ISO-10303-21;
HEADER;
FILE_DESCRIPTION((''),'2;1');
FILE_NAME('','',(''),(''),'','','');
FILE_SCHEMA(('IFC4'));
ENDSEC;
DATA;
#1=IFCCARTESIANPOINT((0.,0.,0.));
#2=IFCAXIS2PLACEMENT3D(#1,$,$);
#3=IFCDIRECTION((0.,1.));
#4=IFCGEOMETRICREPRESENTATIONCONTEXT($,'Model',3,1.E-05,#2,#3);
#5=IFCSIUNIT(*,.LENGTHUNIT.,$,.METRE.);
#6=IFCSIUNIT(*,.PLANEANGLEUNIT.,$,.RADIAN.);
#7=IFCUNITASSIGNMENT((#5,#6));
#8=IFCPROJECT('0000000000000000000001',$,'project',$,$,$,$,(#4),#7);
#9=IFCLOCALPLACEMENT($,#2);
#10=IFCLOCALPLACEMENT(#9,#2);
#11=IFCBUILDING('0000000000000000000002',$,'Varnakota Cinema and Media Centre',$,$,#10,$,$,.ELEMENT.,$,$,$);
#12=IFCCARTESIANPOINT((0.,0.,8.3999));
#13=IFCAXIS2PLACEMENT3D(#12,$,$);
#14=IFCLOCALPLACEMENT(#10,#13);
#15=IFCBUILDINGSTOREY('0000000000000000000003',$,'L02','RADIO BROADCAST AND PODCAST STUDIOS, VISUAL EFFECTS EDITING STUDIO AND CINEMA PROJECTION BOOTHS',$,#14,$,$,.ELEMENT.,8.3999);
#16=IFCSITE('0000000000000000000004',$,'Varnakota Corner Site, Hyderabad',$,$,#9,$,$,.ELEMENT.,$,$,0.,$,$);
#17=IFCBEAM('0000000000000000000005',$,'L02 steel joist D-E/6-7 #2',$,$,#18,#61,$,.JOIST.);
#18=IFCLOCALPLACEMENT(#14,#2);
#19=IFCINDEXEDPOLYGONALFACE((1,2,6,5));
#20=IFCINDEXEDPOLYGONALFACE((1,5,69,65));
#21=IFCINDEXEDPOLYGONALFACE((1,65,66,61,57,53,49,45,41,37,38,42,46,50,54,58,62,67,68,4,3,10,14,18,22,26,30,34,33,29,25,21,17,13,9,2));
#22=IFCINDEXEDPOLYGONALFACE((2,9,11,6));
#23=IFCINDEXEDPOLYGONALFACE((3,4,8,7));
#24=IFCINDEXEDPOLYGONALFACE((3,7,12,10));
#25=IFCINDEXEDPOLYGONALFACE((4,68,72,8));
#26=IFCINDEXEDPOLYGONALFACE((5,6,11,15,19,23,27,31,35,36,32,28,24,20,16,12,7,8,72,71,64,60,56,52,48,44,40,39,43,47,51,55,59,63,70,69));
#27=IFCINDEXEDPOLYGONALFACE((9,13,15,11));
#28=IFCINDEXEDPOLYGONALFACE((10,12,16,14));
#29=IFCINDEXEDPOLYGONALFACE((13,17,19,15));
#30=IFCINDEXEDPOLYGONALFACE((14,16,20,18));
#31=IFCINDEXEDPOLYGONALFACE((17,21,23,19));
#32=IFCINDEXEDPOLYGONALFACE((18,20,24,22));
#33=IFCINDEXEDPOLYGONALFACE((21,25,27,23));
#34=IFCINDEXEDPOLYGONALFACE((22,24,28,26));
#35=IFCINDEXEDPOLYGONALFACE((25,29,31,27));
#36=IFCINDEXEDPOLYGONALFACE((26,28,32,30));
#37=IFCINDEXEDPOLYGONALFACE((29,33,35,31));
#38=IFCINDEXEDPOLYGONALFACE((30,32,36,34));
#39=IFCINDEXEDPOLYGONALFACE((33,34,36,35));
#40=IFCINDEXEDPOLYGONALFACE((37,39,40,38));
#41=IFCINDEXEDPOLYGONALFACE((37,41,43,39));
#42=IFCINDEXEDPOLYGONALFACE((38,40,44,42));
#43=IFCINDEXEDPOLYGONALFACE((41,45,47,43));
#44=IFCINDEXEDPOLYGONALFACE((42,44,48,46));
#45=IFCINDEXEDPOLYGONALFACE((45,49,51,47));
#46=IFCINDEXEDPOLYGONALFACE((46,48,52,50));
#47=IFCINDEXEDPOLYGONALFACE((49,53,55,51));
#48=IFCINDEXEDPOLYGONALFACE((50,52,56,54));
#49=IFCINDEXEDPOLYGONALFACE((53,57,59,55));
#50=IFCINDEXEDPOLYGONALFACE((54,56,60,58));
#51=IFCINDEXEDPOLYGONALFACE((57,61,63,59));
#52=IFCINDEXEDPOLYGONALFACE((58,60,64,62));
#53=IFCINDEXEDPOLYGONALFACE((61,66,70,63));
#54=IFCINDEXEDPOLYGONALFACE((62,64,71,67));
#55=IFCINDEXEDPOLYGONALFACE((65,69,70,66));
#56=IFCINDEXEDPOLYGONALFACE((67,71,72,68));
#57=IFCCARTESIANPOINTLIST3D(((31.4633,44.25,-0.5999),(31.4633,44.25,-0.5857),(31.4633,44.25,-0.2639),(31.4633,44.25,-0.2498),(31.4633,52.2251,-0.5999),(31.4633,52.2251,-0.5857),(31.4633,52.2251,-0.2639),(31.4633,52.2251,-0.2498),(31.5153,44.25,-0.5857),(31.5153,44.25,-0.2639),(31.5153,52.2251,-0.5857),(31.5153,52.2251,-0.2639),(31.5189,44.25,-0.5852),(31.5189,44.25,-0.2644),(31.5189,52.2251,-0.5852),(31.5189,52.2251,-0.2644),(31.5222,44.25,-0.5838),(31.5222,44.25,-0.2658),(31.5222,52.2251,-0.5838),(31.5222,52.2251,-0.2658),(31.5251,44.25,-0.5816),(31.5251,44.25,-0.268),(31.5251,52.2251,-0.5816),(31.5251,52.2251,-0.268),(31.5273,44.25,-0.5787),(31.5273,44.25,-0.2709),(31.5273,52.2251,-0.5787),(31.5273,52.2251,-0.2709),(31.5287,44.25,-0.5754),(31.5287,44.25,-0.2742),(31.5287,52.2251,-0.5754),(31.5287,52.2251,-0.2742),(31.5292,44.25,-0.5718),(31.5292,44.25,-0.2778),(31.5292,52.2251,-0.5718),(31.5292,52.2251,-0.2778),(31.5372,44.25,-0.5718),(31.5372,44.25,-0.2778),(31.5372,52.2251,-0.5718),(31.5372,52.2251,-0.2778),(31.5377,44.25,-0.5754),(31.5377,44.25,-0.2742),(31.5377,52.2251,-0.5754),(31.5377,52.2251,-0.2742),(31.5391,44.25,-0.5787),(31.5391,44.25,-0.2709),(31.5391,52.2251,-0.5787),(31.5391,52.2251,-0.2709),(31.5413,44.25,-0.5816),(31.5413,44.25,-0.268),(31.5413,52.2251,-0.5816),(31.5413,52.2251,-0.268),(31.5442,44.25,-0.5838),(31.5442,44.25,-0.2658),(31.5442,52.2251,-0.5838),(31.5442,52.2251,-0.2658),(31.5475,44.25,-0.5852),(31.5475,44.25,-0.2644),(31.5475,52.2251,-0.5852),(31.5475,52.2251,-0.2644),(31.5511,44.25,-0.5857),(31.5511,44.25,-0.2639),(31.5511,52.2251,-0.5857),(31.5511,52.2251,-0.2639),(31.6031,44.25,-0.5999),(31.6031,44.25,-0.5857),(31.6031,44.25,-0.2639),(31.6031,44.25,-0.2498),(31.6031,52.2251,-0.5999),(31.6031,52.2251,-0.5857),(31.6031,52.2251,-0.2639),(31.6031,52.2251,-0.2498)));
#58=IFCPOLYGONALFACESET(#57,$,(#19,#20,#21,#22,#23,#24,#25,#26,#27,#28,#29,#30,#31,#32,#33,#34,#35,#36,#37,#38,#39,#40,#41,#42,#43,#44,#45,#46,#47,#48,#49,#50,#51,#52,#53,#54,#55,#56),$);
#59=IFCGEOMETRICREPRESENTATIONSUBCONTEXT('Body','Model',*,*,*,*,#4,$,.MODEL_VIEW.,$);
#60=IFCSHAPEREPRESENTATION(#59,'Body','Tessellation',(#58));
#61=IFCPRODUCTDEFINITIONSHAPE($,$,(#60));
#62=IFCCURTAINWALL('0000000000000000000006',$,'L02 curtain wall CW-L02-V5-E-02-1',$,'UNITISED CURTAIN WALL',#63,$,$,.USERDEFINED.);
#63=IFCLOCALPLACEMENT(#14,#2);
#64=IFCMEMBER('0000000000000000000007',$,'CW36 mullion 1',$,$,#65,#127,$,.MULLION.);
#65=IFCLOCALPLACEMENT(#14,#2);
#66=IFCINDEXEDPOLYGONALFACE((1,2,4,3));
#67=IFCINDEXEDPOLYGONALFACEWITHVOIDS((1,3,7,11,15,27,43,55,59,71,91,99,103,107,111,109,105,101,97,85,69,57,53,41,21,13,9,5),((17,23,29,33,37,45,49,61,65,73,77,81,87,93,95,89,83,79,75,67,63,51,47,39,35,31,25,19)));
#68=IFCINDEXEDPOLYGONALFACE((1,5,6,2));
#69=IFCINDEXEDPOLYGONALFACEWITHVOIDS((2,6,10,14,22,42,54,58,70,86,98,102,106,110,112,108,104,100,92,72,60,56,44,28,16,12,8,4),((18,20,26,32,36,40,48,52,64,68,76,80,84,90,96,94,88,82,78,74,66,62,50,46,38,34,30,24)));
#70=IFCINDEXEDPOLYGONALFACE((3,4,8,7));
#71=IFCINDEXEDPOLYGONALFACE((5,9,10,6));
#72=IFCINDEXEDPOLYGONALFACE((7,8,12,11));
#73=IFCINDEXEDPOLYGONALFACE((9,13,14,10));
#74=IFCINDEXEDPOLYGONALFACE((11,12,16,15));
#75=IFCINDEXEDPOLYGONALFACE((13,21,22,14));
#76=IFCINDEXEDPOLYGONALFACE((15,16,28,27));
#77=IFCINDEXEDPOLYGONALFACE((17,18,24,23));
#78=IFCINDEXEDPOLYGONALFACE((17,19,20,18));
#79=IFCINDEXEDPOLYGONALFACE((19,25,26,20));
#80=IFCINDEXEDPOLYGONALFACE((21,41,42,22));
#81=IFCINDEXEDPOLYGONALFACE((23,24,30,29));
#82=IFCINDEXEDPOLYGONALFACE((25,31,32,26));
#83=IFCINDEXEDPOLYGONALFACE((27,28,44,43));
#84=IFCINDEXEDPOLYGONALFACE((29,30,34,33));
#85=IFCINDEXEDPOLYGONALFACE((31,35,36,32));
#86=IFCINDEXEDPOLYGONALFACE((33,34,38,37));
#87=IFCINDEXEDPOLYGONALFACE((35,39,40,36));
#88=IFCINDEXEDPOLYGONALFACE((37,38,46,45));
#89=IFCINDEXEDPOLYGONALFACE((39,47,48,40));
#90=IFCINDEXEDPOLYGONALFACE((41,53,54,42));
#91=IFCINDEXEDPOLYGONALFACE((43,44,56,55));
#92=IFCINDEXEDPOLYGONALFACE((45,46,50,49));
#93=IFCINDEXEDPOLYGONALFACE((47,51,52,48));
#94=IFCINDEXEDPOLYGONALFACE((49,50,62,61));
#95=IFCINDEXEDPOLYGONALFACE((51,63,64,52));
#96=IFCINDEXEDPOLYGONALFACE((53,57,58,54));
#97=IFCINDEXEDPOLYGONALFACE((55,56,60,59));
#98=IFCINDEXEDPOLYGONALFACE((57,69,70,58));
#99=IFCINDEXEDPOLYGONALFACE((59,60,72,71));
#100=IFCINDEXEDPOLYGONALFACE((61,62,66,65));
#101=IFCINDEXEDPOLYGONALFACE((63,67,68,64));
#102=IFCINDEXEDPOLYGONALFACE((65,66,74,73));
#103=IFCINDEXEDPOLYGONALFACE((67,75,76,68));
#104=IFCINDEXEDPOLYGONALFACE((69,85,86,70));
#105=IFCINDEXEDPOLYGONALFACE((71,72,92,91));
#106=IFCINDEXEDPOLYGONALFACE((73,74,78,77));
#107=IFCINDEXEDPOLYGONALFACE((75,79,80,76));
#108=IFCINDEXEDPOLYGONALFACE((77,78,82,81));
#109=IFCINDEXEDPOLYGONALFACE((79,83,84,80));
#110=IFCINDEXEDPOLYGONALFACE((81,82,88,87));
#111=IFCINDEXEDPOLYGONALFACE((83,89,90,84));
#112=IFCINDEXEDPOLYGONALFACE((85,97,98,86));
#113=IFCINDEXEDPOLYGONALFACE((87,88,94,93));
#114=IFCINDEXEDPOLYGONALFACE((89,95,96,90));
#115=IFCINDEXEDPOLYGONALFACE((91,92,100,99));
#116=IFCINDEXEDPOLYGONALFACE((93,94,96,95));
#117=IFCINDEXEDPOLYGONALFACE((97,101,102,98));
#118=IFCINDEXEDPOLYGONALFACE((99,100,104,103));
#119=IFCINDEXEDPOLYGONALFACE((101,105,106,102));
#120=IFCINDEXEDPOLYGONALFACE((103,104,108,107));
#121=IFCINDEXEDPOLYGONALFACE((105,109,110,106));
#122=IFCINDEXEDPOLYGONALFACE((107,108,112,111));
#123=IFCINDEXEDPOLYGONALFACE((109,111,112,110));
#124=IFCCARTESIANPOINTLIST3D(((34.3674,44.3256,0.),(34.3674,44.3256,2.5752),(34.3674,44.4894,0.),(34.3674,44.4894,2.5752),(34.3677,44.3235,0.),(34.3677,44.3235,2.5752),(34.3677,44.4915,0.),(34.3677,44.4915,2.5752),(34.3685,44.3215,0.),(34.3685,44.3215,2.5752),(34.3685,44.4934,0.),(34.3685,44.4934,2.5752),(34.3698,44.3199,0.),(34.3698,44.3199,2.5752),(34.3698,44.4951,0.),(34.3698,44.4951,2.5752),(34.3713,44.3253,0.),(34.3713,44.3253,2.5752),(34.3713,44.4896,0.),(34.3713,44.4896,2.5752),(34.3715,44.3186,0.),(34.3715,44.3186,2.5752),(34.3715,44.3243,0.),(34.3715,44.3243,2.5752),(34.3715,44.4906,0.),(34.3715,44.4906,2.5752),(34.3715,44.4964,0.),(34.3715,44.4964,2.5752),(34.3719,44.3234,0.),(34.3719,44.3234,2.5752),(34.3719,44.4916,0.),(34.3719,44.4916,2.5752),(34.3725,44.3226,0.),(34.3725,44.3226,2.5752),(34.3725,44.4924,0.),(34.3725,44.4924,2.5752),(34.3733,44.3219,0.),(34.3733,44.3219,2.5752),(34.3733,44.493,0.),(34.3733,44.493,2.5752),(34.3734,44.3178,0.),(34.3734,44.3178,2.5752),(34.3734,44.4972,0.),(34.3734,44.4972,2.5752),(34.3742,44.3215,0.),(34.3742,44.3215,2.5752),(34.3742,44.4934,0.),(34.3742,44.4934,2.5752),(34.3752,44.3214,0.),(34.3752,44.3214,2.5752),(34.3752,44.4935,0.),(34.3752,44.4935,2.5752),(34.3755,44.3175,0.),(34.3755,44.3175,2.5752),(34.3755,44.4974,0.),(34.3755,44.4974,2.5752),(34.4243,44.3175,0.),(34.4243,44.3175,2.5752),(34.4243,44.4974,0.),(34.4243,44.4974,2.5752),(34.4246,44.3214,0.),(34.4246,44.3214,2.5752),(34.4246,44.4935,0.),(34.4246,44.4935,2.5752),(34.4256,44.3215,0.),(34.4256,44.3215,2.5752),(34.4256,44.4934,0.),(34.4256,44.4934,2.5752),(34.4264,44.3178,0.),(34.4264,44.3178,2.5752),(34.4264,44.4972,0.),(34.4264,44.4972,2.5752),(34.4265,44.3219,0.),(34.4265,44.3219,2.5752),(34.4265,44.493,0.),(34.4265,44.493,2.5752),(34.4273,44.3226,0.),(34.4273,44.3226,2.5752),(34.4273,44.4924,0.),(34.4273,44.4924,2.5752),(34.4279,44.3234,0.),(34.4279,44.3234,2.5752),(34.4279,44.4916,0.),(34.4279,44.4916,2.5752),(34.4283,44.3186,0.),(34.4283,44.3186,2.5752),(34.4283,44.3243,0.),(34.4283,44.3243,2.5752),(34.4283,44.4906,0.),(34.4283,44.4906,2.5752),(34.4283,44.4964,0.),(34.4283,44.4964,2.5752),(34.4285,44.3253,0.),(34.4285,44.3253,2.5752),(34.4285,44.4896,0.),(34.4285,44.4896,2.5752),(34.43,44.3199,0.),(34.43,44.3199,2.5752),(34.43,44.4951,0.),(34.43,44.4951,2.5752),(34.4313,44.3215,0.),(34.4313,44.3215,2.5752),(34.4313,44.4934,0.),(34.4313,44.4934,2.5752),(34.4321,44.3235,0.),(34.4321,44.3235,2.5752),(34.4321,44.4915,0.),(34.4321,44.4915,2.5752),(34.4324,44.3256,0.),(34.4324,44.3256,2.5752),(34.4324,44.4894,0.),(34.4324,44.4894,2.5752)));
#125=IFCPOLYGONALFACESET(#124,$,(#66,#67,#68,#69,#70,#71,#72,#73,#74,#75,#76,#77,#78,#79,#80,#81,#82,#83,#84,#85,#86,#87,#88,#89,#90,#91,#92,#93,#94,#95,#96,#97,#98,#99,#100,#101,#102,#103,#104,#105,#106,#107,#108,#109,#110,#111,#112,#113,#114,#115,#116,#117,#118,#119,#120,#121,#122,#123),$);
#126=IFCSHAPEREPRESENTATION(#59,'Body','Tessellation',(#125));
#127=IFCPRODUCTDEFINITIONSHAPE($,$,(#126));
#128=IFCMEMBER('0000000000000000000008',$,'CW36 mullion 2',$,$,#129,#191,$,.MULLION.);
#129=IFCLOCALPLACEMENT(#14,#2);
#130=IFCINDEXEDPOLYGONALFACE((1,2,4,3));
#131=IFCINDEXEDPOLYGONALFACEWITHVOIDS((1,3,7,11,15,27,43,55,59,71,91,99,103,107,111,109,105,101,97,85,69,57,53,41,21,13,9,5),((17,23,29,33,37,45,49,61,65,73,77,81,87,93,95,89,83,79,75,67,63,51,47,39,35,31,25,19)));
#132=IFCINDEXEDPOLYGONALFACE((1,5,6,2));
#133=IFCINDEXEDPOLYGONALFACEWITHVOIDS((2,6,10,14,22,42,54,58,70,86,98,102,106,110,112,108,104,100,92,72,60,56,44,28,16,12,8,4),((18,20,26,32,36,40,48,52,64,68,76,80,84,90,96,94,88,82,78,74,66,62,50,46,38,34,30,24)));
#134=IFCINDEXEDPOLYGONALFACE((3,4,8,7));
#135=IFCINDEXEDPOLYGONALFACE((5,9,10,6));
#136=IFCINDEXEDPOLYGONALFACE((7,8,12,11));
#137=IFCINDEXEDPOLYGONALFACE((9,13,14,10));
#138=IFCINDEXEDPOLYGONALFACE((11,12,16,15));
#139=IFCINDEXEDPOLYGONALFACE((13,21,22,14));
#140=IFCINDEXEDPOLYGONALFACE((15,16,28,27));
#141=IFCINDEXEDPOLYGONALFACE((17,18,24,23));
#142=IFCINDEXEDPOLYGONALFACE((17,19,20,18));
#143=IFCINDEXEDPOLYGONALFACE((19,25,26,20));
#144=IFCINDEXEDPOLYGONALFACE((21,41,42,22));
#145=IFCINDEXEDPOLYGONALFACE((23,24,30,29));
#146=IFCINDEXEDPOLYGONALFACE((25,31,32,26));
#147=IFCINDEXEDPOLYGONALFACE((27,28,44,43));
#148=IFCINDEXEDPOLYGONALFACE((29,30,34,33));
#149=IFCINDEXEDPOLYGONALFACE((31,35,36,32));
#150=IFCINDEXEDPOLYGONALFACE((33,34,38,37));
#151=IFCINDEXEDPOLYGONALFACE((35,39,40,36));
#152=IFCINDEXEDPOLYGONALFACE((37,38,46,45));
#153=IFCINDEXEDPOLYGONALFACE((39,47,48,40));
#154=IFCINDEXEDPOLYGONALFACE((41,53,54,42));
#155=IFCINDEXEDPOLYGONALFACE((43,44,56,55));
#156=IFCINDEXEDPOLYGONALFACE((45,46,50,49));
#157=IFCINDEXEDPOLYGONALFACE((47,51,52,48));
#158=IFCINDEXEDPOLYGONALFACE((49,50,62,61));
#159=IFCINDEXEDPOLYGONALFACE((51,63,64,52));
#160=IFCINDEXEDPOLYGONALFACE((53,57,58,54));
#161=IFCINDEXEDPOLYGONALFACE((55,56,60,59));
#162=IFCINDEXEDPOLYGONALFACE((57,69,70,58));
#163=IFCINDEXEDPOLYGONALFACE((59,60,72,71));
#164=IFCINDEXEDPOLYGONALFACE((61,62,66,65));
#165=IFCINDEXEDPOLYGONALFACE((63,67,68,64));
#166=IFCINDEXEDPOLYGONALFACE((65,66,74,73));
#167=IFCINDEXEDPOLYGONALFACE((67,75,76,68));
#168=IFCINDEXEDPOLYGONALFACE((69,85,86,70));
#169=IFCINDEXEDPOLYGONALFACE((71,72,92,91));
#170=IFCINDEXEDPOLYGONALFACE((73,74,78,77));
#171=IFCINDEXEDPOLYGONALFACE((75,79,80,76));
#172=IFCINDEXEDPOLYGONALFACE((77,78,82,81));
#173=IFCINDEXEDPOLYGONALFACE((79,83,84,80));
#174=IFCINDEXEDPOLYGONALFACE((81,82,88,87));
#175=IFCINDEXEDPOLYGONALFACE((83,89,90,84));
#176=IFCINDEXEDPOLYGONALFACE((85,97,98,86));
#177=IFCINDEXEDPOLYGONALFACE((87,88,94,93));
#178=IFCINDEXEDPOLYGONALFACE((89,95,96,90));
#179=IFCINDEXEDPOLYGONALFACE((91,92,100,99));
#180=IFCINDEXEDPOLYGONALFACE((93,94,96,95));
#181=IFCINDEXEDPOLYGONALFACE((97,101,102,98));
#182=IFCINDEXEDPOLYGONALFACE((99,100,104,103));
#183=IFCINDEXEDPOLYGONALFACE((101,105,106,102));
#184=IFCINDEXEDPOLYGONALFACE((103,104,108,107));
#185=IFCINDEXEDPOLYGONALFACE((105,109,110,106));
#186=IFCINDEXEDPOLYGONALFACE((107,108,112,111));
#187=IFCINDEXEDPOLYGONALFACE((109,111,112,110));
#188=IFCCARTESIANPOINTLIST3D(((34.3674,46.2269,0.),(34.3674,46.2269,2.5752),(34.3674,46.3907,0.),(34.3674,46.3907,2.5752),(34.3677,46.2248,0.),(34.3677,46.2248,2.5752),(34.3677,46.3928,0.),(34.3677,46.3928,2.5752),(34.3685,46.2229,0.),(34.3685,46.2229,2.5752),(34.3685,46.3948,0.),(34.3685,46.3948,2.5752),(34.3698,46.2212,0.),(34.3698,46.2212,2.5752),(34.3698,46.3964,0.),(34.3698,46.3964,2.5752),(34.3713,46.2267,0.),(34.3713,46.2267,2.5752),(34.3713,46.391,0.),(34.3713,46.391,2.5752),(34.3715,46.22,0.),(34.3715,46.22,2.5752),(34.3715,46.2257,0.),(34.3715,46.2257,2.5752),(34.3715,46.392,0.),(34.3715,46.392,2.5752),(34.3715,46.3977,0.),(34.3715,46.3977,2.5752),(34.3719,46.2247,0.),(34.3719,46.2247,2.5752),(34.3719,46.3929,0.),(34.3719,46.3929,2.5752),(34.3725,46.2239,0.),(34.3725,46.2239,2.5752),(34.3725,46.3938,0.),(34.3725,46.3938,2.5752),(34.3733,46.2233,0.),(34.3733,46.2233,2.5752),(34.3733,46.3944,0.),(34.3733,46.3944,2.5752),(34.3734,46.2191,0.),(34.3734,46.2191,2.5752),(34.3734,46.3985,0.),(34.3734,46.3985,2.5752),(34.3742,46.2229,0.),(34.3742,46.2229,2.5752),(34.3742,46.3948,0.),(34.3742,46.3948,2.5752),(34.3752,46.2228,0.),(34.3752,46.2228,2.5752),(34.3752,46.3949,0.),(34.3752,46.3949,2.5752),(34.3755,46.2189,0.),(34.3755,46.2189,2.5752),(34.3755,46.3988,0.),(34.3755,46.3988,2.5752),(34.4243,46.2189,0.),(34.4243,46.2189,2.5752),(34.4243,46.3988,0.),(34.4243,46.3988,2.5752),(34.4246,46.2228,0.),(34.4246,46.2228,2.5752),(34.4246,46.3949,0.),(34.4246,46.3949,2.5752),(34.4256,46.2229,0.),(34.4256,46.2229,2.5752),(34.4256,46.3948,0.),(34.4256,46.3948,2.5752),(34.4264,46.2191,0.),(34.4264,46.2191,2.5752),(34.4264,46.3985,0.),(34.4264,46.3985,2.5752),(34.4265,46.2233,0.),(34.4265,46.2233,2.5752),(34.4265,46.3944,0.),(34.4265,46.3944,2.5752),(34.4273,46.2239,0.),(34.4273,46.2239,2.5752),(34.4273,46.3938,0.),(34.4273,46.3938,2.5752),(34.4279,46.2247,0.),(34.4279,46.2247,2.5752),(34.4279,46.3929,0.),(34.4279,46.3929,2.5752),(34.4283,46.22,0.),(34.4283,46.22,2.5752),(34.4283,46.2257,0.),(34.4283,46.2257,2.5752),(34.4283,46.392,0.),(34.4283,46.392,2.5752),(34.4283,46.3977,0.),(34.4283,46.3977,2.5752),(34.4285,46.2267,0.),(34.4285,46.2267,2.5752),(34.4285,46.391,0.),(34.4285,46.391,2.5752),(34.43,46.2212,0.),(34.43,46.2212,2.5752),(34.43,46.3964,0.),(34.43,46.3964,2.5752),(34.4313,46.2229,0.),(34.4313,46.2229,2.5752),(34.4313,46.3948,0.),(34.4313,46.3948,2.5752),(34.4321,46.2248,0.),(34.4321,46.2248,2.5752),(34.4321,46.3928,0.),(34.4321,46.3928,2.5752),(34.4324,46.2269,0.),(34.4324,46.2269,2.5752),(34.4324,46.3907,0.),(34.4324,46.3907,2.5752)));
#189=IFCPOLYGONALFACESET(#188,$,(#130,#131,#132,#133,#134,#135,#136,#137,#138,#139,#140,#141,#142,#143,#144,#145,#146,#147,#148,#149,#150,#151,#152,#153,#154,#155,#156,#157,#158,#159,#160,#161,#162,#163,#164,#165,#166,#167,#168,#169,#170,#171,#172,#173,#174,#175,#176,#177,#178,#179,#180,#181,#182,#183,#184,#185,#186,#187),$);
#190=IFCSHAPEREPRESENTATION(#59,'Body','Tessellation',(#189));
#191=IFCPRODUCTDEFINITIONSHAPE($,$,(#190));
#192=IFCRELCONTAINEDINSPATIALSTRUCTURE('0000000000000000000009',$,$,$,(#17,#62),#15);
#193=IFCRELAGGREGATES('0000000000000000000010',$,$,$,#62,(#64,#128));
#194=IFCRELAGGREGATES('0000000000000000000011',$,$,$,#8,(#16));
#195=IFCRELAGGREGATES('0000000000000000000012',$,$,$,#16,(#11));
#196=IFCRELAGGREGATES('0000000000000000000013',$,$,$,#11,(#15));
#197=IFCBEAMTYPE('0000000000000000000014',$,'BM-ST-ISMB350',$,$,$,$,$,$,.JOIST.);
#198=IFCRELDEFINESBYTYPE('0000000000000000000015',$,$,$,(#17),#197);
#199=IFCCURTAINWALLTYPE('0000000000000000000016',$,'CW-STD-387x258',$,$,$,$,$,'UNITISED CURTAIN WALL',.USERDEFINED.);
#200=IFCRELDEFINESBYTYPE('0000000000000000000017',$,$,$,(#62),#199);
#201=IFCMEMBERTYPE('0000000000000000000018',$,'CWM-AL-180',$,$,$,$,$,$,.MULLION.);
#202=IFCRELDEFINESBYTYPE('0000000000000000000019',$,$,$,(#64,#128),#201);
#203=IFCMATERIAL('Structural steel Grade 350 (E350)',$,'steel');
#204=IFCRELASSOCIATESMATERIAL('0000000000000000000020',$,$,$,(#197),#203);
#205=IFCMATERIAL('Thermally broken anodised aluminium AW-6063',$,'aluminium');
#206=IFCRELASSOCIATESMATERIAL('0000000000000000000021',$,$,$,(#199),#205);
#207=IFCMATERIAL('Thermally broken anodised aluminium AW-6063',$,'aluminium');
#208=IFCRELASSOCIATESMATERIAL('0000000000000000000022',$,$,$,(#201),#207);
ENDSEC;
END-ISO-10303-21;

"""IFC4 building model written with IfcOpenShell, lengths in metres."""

from ifc_helpers import new_model, si_unit, direction, frame, origin, origin_2d, place, context, subcontext, project, spatial, hollow_rectangle, i_section, extrude, material, material_profile, profile_set, type_object, element, aggregate, save


model = new_model("IFC4")

# Units and contexts
model_context = context("Model", 3, precision=1e-05, world=origin(), true_north=direction((0.0, 1.0)))
body_context = subcontext(model_context, "Body", "Model", "MODEL_VIEW")
ifc_project = project(units=[si_unit("LENGTHUNIT", "METRE"), si_unit("PLANEANGLEUNIT", "RADIAN")], contexts=[model_context])

# Site, building, storey
site_placement = place(None, origin())
site = spatial("IfcSite", under=ifc_project, at=site_placement, Name="Varnakota Corner Site, Hyderabad", CompositionType="ELEMENT", RefElevation=0.0)
building_placement = place(site_placement, origin())
building = spatial("IfcBuilding", under=site, at=building_placement, Name="Varnakota Cinema and Media Centre", CompositionType="ELEMENT")
storey_placement = place(building_placement, frame((0.0, 0.0, 8.3999)))
storey = spatial("IfcBuildingStorey", under=building, at=storey_placement, Name="L02", Description="RADIO BROADCAST AND PODCAST STUDIOS, VISUAL EFFECTS EDITING STUDIO AND CINEMA PROJECTION BOOTHS", CompositionType="ELEMENT", Elevation=8.3999)

# Beam
ifc_material_1 = material(Name="Structural steel Grade 350 (E350)", Category="steel")
ifc_material_profile_1 = material_profile(ifc_material_1, i_section(OverallWidth=0.1399, OverallDepth=0.3501, WebThickness=0.0081, FlangeThickness=0.0142, FilletRadius=0.0139, at=origin_2d()), Name="ISMB 350")
ifc_profile_set_1 = profile_set([ifc_material_profile_1], Name="Structural steel Grade 350 (E350)")
beam_type_1 = type_object("IfcBeamType", Name="BM-ST-ISMB350", PredefinedType="JOIST", material=ifc_profile_set_1)
for number, where, z_axis, x_axis, name in (
    (1, (31.5332, 44.25, -0.4248), (0.0, 1.0, 0.0), (-1.0, 0.0, 0.0), "L02 steel joist D-E/6-7 #2"),
):
    element("IfcBeam", number, at=place(storey_placement, frame(where, z_axis=z_axis, x_axis=x_axis)), inside=storey, type_object=beam_type_1, Name=name, PredefinedType="JOIST", context=body_context, shape_type="SweptSolid", body=[
        extrude(i_section(OverallWidth=0.1399, OverallDepth=0.3501, WebThickness=0.0081, FlangeThickness=0.0142, FilletRadius=0.0139, at=origin_2d()), origin(), (0.0, 0.0, 1.0), 7.9751),
    ])

# Curtain wall, members
ifc_material_2 = material(Name="Thermally broken anodised aluminium AW-6063", Category="aluminium")
curtain_wall_type = type_object("IfcCurtainWallType", Name="CW-STD-387x258", ElementType="UNITISED CURTAIN WALL", PredefinedType="USERDEFINED", material=ifc_material_2)
curtain_wall_1_placement = place(storey_placement, origin())
curtain_wall_1 = element("IfcCurtainWall", 2, at=curtain_wall_1_placement, inside=storey, type_object=curtain_wall_type, Name="L02 curtain wall CW-L02-V5-E-02-1", ObjectType="UNITISED CURTAIN WALL", PredefinedType="USERDEFINED")
ifc_material_3 = material(Name="Thermally broken anodised aluminium AW-6063", Category="aluminium")
ifc_material_profile_2 = material_profile(ifc_material_3, hollow_rectangle(XDim=0.0649, YDim=0.1799, WallThickness=0.0039, InnerFilletRadius=0.0039, OuterFilletRadius=0.0081, at=origin_2d()), Name="AL-MULLION 180x65x4")
ifc_profile_set_2 = profile_set([ifc_material_profile_2], Name="Thermally broken anodised aluminium AW-6063")
member_type_1 = type_object("IfcMemberType", Name="CWM-AL-180", PredefinedType="MULLION", material=ifc_profile_set_2)
member_1_placement = place(storey_placement, frame((34.3999, 44.4075, 0.0), z_axis=(0.0, 0.0, 1.0), x_axis=(-1.0, 0.0, 0.0)))
member_1 = element("IfcMember", 3, at=member_1_placement, type_object=member_type_1, Name="CW36 mullion 1", PredefinedType="MULLION", context=body_context, shape_type="SweptSolid", body=[
    extrude(hollow_rectangle(XDim=0.0649, YDim=0.1799, WallThickness=0.0039, InnerFilletRadius=0.0039, OuterFilletRadius=0.0081, at=origin_2d()), origin(), (0.0, 0.0, 1.0), 2.5752),
])
member_2_placement = place(storey_placement, frame((34.3999, 46.3088, 0.0), z_axis=(0.0, 0.0, 1.0), x_axis=(-1.0, 0.0, 0.0)))
member_2 = element("IfcMember", 4, at=member_2_placement, type_object=member_type_1, Name="CW36 mullion 2", PredefinedType="MULLION", context=body_context, shape_type="SweptSolid", body=[
    extrude(hollow_rectangle(XDim=0.0649, YDim=0.1799, WallThickness=0.0039, InnerFilletRadius=0.0039, OuterFilletRadius=0.0081, at=origin_2d()), origin(), (0.0, 0.0, 1.0), 2.5752),
])

aggregate(curtain_wall_1, [member_1, member_2])

save(model, "model.ifc")
